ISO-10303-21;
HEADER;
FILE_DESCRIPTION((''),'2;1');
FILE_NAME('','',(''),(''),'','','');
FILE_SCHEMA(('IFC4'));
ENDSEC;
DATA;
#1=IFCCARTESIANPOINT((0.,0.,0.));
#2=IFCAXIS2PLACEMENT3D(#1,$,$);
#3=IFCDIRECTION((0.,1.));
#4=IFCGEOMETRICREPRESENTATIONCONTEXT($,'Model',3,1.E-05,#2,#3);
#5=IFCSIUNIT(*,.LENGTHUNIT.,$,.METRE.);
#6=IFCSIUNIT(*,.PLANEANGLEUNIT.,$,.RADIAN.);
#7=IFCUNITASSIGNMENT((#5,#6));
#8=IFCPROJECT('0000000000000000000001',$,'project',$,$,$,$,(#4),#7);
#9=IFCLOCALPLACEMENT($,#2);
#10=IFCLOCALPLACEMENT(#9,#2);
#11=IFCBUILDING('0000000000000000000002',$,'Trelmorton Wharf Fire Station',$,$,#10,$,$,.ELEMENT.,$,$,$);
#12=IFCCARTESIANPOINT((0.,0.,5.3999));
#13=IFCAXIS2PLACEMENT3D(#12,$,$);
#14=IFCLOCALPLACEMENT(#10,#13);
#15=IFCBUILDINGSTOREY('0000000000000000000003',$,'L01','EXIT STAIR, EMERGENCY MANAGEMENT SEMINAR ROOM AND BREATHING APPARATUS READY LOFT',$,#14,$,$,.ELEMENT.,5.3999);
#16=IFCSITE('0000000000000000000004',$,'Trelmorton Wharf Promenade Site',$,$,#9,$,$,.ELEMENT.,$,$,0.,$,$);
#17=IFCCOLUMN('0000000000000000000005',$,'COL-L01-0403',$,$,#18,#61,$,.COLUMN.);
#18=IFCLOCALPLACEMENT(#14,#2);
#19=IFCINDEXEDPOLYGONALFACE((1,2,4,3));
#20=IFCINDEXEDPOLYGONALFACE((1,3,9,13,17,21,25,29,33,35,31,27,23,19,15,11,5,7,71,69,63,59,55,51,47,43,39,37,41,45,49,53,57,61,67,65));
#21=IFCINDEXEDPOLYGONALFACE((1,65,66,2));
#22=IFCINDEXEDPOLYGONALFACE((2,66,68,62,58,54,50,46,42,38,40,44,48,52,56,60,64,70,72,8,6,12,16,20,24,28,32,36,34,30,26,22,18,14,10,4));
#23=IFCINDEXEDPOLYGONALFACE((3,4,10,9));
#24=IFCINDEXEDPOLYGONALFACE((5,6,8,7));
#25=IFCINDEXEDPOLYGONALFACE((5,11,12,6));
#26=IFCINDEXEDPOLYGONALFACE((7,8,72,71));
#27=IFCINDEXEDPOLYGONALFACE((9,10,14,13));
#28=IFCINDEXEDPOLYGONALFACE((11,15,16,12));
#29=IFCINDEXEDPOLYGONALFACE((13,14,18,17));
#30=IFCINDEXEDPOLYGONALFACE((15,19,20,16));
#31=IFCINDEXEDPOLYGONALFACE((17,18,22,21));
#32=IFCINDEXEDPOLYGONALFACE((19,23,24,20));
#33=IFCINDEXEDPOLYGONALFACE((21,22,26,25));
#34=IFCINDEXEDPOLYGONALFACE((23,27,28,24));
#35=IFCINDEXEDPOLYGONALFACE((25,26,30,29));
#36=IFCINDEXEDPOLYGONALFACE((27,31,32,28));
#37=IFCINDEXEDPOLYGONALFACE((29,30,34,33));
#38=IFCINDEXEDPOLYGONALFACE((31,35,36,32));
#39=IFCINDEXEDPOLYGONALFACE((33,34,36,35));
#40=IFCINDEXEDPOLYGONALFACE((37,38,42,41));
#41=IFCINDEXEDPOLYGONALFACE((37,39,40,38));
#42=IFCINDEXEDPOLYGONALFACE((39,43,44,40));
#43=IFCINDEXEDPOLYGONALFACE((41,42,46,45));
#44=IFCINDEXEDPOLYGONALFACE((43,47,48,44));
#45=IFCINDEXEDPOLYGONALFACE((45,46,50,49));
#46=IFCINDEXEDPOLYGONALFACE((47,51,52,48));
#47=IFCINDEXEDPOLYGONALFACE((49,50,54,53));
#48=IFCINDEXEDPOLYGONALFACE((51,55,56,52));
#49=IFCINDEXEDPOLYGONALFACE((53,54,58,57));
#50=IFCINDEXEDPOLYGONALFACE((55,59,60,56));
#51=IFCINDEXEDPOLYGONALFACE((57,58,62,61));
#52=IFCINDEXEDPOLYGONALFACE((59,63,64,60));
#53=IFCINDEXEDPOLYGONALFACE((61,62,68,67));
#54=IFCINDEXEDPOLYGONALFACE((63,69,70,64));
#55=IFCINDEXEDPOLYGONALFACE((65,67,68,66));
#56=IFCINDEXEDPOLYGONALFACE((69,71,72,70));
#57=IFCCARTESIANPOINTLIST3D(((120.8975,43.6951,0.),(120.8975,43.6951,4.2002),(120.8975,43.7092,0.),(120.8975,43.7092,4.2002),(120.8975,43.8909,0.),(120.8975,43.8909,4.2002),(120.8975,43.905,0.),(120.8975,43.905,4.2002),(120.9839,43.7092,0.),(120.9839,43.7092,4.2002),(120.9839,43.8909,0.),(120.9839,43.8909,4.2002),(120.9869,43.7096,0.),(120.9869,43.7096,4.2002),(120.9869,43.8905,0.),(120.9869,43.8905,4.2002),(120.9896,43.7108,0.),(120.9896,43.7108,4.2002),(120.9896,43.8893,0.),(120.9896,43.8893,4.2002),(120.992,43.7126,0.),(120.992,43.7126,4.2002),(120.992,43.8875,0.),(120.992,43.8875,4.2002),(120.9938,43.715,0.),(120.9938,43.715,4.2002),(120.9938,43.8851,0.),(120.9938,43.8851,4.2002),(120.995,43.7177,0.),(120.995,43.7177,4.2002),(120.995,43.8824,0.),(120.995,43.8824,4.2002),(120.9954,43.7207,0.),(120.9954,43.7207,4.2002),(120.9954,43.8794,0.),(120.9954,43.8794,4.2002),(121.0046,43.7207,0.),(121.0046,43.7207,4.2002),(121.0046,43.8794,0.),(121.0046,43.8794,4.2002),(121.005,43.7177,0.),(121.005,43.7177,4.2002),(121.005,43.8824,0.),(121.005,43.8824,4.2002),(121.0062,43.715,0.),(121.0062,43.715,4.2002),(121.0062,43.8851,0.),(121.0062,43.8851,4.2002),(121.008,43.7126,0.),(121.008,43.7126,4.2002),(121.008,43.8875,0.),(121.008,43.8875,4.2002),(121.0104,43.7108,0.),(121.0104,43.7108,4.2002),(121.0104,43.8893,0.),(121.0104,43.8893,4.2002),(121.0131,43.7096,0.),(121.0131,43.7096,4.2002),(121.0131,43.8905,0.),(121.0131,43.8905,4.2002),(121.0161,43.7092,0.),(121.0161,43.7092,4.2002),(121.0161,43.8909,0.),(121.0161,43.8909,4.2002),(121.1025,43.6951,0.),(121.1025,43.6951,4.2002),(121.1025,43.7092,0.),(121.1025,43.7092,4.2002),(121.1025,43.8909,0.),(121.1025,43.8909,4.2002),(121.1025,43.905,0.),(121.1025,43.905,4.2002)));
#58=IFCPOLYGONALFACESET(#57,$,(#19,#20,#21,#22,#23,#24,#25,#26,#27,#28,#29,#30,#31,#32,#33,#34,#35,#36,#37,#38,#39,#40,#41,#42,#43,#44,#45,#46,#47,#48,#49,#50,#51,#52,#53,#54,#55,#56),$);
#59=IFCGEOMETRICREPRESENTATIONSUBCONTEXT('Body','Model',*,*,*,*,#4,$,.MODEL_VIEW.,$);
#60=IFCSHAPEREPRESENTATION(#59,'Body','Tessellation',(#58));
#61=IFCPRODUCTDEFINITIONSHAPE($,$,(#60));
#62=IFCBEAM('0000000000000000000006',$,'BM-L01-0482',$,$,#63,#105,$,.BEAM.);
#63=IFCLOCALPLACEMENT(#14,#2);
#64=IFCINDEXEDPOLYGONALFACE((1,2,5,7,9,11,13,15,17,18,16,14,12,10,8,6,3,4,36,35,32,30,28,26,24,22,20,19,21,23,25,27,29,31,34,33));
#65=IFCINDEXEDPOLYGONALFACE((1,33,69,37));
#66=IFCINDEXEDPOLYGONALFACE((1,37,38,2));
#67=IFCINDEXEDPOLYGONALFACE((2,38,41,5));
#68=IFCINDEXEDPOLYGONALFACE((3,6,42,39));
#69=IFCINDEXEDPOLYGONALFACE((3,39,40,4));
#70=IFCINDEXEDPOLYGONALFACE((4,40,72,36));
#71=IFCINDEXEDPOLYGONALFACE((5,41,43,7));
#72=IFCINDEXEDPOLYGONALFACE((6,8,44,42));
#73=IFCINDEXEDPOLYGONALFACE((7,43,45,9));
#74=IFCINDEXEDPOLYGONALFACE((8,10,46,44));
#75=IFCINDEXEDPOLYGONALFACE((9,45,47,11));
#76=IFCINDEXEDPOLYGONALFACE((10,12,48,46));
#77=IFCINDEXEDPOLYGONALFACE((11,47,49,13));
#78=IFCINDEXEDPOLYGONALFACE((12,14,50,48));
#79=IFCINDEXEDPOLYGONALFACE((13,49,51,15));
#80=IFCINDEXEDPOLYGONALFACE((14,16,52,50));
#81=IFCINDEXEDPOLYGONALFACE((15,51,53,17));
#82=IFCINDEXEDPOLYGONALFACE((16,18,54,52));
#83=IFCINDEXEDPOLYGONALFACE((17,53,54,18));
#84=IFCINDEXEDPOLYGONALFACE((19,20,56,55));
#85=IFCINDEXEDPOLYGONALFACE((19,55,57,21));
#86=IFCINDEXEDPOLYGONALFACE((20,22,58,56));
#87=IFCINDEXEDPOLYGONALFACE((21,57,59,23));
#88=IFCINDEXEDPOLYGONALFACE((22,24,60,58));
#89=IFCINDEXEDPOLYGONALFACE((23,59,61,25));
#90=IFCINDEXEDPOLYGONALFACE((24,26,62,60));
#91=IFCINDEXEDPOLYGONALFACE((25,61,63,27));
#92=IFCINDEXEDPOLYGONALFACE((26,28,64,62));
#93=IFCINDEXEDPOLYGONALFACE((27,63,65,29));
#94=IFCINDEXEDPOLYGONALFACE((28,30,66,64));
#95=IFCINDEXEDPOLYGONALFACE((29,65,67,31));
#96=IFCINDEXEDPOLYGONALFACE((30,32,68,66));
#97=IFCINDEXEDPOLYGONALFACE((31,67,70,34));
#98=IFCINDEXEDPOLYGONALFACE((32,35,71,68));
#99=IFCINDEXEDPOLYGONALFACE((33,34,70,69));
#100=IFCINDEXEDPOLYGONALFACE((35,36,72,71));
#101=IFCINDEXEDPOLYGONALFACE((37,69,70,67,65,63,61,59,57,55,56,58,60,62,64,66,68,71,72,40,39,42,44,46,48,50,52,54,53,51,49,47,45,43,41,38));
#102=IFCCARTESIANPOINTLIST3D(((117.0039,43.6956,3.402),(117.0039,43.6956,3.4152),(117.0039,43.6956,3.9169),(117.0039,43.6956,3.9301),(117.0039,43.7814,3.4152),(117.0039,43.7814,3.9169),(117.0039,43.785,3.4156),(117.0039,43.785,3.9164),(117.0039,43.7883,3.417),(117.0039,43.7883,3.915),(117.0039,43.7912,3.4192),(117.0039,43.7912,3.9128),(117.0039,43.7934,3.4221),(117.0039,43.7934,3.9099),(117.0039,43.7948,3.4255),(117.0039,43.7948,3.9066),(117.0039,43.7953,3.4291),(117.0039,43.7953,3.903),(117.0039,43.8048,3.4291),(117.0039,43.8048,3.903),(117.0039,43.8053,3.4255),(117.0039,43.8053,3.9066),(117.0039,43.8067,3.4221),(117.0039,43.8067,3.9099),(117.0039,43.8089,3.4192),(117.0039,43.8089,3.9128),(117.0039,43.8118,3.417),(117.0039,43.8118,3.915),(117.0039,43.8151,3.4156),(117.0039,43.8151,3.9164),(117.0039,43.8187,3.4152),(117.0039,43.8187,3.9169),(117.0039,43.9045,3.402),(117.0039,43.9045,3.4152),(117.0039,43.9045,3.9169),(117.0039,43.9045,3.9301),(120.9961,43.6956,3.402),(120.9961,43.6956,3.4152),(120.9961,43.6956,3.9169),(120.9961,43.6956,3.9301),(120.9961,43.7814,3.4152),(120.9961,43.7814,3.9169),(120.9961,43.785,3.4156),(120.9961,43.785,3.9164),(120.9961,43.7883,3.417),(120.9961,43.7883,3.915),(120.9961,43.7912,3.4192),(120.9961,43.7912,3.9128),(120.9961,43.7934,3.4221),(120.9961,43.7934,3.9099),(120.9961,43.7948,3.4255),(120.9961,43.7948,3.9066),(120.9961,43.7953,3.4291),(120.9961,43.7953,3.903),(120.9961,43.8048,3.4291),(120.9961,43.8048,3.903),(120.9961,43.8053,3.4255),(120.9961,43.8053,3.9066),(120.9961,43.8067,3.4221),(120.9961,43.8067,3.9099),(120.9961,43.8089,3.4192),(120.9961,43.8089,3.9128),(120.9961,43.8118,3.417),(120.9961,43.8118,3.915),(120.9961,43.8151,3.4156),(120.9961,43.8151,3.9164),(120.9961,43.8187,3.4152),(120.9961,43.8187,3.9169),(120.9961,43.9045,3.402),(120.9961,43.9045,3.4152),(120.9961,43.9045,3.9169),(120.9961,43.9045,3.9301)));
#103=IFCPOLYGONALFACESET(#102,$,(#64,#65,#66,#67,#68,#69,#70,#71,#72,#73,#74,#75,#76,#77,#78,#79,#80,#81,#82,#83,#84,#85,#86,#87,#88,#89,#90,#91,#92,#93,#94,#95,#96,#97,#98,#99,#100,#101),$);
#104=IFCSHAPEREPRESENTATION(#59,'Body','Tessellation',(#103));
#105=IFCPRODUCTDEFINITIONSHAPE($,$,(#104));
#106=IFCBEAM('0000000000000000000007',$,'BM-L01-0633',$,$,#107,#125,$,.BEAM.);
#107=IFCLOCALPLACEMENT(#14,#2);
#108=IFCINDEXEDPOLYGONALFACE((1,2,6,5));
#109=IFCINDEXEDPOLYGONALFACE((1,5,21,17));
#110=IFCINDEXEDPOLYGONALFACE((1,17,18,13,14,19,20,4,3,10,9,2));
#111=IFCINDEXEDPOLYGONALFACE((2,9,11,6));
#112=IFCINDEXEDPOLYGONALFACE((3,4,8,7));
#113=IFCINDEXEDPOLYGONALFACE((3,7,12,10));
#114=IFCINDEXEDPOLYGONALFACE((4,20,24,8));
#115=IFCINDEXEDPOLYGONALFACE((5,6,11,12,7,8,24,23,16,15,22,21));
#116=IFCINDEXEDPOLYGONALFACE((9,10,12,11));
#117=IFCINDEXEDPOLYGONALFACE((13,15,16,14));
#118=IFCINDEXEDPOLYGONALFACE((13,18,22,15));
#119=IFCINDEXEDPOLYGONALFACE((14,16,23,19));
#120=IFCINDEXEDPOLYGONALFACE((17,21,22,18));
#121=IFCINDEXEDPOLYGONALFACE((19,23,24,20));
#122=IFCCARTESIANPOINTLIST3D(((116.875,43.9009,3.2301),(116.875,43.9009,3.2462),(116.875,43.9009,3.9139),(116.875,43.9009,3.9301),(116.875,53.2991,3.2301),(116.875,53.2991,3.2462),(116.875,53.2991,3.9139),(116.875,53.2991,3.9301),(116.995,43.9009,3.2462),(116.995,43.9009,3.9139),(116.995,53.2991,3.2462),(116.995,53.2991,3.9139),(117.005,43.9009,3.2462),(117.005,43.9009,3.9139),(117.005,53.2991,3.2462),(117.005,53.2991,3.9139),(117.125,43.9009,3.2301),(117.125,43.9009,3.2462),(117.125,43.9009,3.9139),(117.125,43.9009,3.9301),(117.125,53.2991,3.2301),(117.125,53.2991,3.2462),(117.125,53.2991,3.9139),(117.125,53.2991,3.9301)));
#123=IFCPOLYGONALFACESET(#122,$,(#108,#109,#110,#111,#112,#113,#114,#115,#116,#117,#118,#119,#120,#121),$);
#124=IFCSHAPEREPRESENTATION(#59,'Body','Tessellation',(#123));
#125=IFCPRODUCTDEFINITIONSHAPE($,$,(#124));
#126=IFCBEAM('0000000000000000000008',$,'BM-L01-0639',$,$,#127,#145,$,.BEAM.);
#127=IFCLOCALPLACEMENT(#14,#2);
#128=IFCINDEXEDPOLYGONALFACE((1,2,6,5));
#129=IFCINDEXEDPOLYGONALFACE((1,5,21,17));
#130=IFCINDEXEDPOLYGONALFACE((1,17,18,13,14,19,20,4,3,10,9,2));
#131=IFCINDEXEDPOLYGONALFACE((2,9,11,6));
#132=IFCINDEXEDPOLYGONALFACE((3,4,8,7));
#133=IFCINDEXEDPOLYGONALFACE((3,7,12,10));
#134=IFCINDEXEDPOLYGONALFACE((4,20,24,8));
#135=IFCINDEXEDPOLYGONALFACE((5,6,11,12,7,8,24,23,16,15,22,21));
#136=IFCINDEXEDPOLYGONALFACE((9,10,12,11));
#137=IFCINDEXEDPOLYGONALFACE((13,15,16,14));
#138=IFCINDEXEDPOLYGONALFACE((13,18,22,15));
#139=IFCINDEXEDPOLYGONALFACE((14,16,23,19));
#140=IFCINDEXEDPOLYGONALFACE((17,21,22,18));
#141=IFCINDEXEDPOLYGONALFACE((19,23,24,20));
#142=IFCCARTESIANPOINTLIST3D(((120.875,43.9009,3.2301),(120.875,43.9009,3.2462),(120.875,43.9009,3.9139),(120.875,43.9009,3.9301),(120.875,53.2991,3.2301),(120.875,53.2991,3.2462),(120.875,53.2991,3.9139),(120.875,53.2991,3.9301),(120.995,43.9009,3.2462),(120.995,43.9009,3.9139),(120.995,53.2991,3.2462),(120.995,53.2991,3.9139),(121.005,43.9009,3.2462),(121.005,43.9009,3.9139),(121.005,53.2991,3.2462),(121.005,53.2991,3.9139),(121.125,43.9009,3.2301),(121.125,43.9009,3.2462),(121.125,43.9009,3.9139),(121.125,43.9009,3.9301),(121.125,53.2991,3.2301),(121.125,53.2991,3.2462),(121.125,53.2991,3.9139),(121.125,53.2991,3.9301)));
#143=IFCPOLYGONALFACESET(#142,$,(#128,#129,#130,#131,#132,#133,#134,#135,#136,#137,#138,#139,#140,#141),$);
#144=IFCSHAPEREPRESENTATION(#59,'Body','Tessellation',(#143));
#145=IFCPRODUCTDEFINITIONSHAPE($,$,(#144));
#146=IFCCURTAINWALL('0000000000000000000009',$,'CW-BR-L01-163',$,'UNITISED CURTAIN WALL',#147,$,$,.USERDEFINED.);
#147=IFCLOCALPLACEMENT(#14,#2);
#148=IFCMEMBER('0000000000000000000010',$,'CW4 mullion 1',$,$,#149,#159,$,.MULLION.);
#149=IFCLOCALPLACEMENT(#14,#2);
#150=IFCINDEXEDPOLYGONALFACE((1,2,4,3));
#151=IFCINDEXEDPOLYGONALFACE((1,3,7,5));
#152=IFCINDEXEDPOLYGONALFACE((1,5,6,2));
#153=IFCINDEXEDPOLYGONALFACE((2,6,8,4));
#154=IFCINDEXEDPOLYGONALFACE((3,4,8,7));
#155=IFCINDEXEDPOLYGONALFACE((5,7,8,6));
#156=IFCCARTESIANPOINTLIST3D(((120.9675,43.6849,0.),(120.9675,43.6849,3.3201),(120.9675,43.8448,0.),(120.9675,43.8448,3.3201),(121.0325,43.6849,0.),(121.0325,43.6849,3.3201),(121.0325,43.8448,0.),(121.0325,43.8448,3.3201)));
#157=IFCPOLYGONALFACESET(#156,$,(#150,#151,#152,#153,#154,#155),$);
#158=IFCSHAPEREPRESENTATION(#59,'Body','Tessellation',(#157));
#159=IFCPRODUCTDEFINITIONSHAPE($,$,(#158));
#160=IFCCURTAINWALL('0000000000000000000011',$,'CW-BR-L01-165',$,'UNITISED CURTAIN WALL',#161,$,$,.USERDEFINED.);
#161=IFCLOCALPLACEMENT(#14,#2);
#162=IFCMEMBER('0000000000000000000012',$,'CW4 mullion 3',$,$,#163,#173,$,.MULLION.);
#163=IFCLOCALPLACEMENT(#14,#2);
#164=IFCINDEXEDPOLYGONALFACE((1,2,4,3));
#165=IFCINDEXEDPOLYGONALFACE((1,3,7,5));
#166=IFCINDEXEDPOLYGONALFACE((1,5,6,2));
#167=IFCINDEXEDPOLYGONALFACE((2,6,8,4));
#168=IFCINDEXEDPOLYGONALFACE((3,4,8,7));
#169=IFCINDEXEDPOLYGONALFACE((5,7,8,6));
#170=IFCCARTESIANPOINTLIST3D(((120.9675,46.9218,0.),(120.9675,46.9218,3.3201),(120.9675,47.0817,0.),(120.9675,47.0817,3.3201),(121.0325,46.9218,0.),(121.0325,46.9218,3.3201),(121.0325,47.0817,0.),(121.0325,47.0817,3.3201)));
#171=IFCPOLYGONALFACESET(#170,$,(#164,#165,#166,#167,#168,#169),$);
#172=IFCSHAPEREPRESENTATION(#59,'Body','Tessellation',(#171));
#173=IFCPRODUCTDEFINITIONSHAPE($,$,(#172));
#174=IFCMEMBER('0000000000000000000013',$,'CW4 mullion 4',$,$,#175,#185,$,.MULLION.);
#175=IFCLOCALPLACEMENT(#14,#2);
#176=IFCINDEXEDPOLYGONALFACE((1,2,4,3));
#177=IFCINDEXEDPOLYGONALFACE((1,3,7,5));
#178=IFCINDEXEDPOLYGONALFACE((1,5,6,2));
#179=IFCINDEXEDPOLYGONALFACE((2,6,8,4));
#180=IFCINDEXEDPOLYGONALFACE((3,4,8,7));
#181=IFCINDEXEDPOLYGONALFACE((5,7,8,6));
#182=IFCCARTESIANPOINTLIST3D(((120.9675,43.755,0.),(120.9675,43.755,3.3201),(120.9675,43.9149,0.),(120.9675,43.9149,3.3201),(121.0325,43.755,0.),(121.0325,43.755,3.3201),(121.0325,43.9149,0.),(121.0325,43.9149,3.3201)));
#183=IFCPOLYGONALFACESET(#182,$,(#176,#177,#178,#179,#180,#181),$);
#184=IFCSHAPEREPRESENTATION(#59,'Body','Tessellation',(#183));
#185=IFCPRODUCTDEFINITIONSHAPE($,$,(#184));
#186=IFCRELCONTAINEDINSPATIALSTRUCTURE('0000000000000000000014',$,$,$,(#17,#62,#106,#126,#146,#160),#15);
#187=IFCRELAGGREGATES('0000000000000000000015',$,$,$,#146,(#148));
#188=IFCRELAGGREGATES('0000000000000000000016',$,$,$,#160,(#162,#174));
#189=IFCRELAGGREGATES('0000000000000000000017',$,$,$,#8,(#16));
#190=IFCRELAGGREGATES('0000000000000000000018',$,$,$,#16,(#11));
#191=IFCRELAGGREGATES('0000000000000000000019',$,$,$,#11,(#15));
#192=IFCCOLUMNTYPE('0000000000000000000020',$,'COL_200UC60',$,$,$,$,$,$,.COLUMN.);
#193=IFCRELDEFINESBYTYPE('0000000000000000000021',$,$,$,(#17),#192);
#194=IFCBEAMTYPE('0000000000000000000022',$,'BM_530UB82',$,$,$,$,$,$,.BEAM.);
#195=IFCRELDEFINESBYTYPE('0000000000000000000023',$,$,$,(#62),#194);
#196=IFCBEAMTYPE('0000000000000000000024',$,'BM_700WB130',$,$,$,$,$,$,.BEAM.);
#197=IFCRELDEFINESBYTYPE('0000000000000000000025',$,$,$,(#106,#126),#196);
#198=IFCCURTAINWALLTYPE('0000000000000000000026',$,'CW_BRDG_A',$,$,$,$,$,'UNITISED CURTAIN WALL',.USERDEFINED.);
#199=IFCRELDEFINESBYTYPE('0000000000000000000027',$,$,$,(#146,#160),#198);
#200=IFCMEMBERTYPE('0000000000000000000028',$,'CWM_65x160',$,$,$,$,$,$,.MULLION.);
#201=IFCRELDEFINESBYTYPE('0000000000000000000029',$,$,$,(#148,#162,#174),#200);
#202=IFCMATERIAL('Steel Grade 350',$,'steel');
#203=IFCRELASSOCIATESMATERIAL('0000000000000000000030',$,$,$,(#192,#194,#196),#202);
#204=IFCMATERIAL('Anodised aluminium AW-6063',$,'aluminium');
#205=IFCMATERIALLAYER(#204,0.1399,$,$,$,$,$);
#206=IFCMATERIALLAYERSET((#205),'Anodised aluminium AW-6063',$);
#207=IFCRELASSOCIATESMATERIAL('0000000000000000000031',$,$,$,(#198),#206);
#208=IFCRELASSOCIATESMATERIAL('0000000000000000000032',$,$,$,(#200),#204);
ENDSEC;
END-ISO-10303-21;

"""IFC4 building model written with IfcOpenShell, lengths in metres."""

from ifc_helpers import new_model, si_unit, direction, frame, origin, origin_2d, place, context, subcontext, project, spatial, rectangle, i_section, extrude, material, layer, layer_set, material_profile, profile_set, type_object, element, aggregate, save


model = new_model("IFC4")

# Units and contexts
model_context = context("Model", 3, precision=1e-05, world=origin(), true_north=direction((0.0, 1.0)))
body_context = subcontext(model_context, "Body", "Model", "MODEL_VIEW")
ifc_project = project(units=[si_unit("LENGTHUNIT", "METRE"), si_unit("PLANEANGLEUNIT", "RADIAN")], contexts=[model_context])

# Site, building, storey
site_placement = place(None, origin())
site = spatial("IfcSite", under=ifc_project, at=site_placement, Name="Trelmorton Wharf Promenade Site", CompositionType="ELEMENT", RefElevation=0.0)
building_placement = place(site_placement, origin())
building = spatial("IfcBuilding", under=site, at=building_placement, Name="Trelmorton Wharf Fire Station", CompositionType="ELEMENT")
storey_placement = place(building_placement, frame((0.0, 0.0, 5.3999)))
storey = spatial("IfcBuildingStorey", under=building, at=storey_placement, Name="L01", Description="EXIT STAIR, EMERGENCY MANAGEMENT SEMINAR ROOM AND BREATHING APPARATUS READY LOFT", CompositionType="ELEMENT", Elevation=5.3999)

# Column
ifc_material_1 = material(Name="Steel Grade 350", Category="steel")
ifc_material_profile_1 = material_profile(ifc_material_1, i_section(OverallWidth=0.2051, OverallDepth=0.21, WebThickness=0.0093, FlangeThickness=0.0142, FilletRadius=0.0115, at=origin_2d()), Name="200UC59.5")
ifc_profile_set_1 = profile_set([ifc_material_profile_1], Name="Steel Grade 350")
column_type = type_object("IfcColumnType", Name="COL_200UC60", PredefinedType="COLUMN", material=ifc_profile_set_1)
column_placement = place(storey_placement, frame((121.0, 43.8, 0.0), z_axis=(0.0, 0.0, 1.0), x_axis=(1.0, 0.0, 0.0)))
element("IfcColumn", 1, at=column_placement, inside=storey, type_object=column_type, Name="COL-L01-0403", PredefinedType="COLUMN", context=body_context, shape_type="SweptSolid", body=[
    extrude(i_section(OverallWidth=0.2051, OverallDepth=0.21, WebThickness=0.0093, FlangeThickness=0.0142, FilletRadius=0.0115, at=origin_2d()), origin(), (0.0, 0.0, 1.0), 4.2002),
])

# Beams
ifc_material_profile_2 = material_profile(ifc_material_1, i_section(OverallWidth=0.209, OverallDepth=0.5281, WebThickness=0.0095, FlangeThickness=0.0132, FilletRadius=0.0139, at=origin_2d()), Name="530UB82.0")
ifc_profile_set_2 = profile_set([ifc_material_profile_2], Name="Steel Grade 350")
beam_type_1 = type_object("IfcBeamType", Name="BM_530UB82", PredefinedType="BEAM", material=ifc_profile_set_2)
beam_placement = place(storey_placement, frame((117.0039, 43.8, 3.666), z_axis=(1.0, 0.0, 0.0), x_axis=(0.0, 1.0, 0.0)))
element("IfcBeam", 2, at=beam_placement, inside=storey, type_object=beam_type_1, Name="BM-L01-0482", PredefinedType="BEAM", context=body_context, shape_type="SweptSolid", body=[
    extrude(i_section(OverallWidth=0.209, OverallDepth=0.5281, WebThickness=0.0095, FlangeThickness=0.0132, FilletRadius=0.0139, at=origin_2d()), origin(), (0.0, 0.0, 1.0), 3.9922),
])
ifc_material_profile_3 = material_profile(ifc_material_1, i_section(OverallWidth=0.25, OverallDepth=0.7, WebThickness=0.01, FlangeThickness=0.0161, at=origin_2d()), Name="700WB130")
ifc_profile_set_3 = profile_set([ifc_material_profile_3], Name="Steel Grade 350")
beam_type_2 = type_object("IfcBeamType", Name="BM_700WB130", PredefinedType="BEAM", material=ifc_profile_set_3)
for number, where, z_axis, x_axis, name in (
    (3, (117.0, 43.9009, 3.5801), (0.0, 1.0, 0.0), (-1.0, 0.0, 0.0), "BM-L01-0633"),
    (4, (121.0, 43.9009, 3.5801), (0.0, 1.0, 0.0), (-1.0, 0.0, 0.0), "BM-L01-0639"),
):
    element("IfcBeam", number, at=place(storey_placement, frame(where, z_axis=z_axis, x_axis=x_axis)), inside=storey, type_object=beam_type_2, Name=name, PredefinedType="BEAM", context=body_context, shape_type="SweptSolid", body=[
        extrude(i_section(OverallWidth=0.25, OverallDepth=0.7, WebThickness=0.01, FlangeThickness=0.0161, at=origin_2d()), origin(), (0.0, 0.0, 1.0), 9.3982),
    ])

# Curtain wall, member
ifc_material_2 = material(Name="Anodised aluminium AW-6063", Category="aluminium")
ifc_layer_1 = layer(ifc_material_2, 0.1399)
ifc_layer_set_1 = layer_set([ifc_layer_1], Name="Anodised aluminium AW-6063")
curtain_wall_type = type_object("IfcCurtainWallType", Name="CW_BRDG_A", ElementType="UNITISED CURTAIN WALL", PredefinedType="USERDEFINED", material=ifc_layer_set_1)
curtain_wall_1_placement = place(storey_placement, origin())
curtain_wall_1 = element("IfcCurtainWall", 5, at=curtain_wall_1_placement, inside=storey, type_object=curtain_wall_type, Name="CW-BR-L01-163", ObjectType="UNITISED CURTAIN WALL", PredefinedType="USERDEFINED")
ifc_material_profile_4 = material_profile(ifc_material_2, rectangle(XDim=0.0649, YDim=0.1599, at=origin_2d()), Name="ALU-65x160")
ifc_profile_set_4 = profile_set([ifc_material_profile_4], Name="Anodised aluminium AW-6063")
member_type_1 = type_object("IfcMemberType", Name="CWM_65x160", PredefinedType="MULLION", material=ifc_profile_set_4)
member_1_placement = place(storey_placement, frame((121.0, 43.7649, 0.0), z_axis=(0.0, 0.0, 1.0), x_axis=(1.0, 0.0, 0.0)))
member_1 = element("IfcMember", 6, at=member_1_placement, type_object=member_type_1, Name="CW4 mullion 1", PredefinedType="MULLION", context=body_context, shape_type="SweptSolid", body=[
    extrude(rectangle(XDim=0.0649, YDim=0.1599, at=origin_2d()), origin(), (0.0, 0.0, 1.0), 3.3201),
])

# Curtain wall, members
curtain_wall_2_placement = place(storey_placement, origin())
curtain_wall_2 = element("IfcCurtainWall", 7, at=curtain_wall_2_placement, inside=storey, type_object=curtain_wall_type, Name="CW-BR-L01-165", ObjectType="UNITISED CURTAIN WALL", PredefinedType="USERDEFINED")
member_2_placement = place(storey_placement, frame((121.0, 47.0017, 0.0), z_axis=(0.0, 0.0, 1.0), x_axis=(1.0, 0.0, 0.0)))
member_2 = element("IfcMember", 8, at=member_2_placement, type_object=member_type_1, Name="CW4 mullion 3", PredefinedType="MULLION", context=body_context, shape_type="SweptSolid", body=[
    extrude(rectangle(XDim=0.0649, YDim=0.1599, at=origin_2d()), origin(), (0.0, 0.0, 1.0), 3.3201),
])
member_3_placement = place(storey_placement, frame((121.0, 43.835, 0.0), z_axis=(0.0, 0.0, 1.0), x_axis=(1.0, 0.0, 0.0)))
member_3 = element("IfcMember", 9, at=member_3_placement, type_object=member_type_1, Name="CW4 mullion 4", PredefinedType="MULLION", context=body_context, shape_type="SweptSolid", body=[
    extrude(rectangle(XDim=0.0649, YDim=0.1599, at=origin_2d()), origin(), (0.0, 0.0, 1.0), 3.3201),
])

aggregate(curtain_wall_1, [member_1])

aggregate(curtain_wall_2, [member_2, member_3])

save(model, "model.ifc")
